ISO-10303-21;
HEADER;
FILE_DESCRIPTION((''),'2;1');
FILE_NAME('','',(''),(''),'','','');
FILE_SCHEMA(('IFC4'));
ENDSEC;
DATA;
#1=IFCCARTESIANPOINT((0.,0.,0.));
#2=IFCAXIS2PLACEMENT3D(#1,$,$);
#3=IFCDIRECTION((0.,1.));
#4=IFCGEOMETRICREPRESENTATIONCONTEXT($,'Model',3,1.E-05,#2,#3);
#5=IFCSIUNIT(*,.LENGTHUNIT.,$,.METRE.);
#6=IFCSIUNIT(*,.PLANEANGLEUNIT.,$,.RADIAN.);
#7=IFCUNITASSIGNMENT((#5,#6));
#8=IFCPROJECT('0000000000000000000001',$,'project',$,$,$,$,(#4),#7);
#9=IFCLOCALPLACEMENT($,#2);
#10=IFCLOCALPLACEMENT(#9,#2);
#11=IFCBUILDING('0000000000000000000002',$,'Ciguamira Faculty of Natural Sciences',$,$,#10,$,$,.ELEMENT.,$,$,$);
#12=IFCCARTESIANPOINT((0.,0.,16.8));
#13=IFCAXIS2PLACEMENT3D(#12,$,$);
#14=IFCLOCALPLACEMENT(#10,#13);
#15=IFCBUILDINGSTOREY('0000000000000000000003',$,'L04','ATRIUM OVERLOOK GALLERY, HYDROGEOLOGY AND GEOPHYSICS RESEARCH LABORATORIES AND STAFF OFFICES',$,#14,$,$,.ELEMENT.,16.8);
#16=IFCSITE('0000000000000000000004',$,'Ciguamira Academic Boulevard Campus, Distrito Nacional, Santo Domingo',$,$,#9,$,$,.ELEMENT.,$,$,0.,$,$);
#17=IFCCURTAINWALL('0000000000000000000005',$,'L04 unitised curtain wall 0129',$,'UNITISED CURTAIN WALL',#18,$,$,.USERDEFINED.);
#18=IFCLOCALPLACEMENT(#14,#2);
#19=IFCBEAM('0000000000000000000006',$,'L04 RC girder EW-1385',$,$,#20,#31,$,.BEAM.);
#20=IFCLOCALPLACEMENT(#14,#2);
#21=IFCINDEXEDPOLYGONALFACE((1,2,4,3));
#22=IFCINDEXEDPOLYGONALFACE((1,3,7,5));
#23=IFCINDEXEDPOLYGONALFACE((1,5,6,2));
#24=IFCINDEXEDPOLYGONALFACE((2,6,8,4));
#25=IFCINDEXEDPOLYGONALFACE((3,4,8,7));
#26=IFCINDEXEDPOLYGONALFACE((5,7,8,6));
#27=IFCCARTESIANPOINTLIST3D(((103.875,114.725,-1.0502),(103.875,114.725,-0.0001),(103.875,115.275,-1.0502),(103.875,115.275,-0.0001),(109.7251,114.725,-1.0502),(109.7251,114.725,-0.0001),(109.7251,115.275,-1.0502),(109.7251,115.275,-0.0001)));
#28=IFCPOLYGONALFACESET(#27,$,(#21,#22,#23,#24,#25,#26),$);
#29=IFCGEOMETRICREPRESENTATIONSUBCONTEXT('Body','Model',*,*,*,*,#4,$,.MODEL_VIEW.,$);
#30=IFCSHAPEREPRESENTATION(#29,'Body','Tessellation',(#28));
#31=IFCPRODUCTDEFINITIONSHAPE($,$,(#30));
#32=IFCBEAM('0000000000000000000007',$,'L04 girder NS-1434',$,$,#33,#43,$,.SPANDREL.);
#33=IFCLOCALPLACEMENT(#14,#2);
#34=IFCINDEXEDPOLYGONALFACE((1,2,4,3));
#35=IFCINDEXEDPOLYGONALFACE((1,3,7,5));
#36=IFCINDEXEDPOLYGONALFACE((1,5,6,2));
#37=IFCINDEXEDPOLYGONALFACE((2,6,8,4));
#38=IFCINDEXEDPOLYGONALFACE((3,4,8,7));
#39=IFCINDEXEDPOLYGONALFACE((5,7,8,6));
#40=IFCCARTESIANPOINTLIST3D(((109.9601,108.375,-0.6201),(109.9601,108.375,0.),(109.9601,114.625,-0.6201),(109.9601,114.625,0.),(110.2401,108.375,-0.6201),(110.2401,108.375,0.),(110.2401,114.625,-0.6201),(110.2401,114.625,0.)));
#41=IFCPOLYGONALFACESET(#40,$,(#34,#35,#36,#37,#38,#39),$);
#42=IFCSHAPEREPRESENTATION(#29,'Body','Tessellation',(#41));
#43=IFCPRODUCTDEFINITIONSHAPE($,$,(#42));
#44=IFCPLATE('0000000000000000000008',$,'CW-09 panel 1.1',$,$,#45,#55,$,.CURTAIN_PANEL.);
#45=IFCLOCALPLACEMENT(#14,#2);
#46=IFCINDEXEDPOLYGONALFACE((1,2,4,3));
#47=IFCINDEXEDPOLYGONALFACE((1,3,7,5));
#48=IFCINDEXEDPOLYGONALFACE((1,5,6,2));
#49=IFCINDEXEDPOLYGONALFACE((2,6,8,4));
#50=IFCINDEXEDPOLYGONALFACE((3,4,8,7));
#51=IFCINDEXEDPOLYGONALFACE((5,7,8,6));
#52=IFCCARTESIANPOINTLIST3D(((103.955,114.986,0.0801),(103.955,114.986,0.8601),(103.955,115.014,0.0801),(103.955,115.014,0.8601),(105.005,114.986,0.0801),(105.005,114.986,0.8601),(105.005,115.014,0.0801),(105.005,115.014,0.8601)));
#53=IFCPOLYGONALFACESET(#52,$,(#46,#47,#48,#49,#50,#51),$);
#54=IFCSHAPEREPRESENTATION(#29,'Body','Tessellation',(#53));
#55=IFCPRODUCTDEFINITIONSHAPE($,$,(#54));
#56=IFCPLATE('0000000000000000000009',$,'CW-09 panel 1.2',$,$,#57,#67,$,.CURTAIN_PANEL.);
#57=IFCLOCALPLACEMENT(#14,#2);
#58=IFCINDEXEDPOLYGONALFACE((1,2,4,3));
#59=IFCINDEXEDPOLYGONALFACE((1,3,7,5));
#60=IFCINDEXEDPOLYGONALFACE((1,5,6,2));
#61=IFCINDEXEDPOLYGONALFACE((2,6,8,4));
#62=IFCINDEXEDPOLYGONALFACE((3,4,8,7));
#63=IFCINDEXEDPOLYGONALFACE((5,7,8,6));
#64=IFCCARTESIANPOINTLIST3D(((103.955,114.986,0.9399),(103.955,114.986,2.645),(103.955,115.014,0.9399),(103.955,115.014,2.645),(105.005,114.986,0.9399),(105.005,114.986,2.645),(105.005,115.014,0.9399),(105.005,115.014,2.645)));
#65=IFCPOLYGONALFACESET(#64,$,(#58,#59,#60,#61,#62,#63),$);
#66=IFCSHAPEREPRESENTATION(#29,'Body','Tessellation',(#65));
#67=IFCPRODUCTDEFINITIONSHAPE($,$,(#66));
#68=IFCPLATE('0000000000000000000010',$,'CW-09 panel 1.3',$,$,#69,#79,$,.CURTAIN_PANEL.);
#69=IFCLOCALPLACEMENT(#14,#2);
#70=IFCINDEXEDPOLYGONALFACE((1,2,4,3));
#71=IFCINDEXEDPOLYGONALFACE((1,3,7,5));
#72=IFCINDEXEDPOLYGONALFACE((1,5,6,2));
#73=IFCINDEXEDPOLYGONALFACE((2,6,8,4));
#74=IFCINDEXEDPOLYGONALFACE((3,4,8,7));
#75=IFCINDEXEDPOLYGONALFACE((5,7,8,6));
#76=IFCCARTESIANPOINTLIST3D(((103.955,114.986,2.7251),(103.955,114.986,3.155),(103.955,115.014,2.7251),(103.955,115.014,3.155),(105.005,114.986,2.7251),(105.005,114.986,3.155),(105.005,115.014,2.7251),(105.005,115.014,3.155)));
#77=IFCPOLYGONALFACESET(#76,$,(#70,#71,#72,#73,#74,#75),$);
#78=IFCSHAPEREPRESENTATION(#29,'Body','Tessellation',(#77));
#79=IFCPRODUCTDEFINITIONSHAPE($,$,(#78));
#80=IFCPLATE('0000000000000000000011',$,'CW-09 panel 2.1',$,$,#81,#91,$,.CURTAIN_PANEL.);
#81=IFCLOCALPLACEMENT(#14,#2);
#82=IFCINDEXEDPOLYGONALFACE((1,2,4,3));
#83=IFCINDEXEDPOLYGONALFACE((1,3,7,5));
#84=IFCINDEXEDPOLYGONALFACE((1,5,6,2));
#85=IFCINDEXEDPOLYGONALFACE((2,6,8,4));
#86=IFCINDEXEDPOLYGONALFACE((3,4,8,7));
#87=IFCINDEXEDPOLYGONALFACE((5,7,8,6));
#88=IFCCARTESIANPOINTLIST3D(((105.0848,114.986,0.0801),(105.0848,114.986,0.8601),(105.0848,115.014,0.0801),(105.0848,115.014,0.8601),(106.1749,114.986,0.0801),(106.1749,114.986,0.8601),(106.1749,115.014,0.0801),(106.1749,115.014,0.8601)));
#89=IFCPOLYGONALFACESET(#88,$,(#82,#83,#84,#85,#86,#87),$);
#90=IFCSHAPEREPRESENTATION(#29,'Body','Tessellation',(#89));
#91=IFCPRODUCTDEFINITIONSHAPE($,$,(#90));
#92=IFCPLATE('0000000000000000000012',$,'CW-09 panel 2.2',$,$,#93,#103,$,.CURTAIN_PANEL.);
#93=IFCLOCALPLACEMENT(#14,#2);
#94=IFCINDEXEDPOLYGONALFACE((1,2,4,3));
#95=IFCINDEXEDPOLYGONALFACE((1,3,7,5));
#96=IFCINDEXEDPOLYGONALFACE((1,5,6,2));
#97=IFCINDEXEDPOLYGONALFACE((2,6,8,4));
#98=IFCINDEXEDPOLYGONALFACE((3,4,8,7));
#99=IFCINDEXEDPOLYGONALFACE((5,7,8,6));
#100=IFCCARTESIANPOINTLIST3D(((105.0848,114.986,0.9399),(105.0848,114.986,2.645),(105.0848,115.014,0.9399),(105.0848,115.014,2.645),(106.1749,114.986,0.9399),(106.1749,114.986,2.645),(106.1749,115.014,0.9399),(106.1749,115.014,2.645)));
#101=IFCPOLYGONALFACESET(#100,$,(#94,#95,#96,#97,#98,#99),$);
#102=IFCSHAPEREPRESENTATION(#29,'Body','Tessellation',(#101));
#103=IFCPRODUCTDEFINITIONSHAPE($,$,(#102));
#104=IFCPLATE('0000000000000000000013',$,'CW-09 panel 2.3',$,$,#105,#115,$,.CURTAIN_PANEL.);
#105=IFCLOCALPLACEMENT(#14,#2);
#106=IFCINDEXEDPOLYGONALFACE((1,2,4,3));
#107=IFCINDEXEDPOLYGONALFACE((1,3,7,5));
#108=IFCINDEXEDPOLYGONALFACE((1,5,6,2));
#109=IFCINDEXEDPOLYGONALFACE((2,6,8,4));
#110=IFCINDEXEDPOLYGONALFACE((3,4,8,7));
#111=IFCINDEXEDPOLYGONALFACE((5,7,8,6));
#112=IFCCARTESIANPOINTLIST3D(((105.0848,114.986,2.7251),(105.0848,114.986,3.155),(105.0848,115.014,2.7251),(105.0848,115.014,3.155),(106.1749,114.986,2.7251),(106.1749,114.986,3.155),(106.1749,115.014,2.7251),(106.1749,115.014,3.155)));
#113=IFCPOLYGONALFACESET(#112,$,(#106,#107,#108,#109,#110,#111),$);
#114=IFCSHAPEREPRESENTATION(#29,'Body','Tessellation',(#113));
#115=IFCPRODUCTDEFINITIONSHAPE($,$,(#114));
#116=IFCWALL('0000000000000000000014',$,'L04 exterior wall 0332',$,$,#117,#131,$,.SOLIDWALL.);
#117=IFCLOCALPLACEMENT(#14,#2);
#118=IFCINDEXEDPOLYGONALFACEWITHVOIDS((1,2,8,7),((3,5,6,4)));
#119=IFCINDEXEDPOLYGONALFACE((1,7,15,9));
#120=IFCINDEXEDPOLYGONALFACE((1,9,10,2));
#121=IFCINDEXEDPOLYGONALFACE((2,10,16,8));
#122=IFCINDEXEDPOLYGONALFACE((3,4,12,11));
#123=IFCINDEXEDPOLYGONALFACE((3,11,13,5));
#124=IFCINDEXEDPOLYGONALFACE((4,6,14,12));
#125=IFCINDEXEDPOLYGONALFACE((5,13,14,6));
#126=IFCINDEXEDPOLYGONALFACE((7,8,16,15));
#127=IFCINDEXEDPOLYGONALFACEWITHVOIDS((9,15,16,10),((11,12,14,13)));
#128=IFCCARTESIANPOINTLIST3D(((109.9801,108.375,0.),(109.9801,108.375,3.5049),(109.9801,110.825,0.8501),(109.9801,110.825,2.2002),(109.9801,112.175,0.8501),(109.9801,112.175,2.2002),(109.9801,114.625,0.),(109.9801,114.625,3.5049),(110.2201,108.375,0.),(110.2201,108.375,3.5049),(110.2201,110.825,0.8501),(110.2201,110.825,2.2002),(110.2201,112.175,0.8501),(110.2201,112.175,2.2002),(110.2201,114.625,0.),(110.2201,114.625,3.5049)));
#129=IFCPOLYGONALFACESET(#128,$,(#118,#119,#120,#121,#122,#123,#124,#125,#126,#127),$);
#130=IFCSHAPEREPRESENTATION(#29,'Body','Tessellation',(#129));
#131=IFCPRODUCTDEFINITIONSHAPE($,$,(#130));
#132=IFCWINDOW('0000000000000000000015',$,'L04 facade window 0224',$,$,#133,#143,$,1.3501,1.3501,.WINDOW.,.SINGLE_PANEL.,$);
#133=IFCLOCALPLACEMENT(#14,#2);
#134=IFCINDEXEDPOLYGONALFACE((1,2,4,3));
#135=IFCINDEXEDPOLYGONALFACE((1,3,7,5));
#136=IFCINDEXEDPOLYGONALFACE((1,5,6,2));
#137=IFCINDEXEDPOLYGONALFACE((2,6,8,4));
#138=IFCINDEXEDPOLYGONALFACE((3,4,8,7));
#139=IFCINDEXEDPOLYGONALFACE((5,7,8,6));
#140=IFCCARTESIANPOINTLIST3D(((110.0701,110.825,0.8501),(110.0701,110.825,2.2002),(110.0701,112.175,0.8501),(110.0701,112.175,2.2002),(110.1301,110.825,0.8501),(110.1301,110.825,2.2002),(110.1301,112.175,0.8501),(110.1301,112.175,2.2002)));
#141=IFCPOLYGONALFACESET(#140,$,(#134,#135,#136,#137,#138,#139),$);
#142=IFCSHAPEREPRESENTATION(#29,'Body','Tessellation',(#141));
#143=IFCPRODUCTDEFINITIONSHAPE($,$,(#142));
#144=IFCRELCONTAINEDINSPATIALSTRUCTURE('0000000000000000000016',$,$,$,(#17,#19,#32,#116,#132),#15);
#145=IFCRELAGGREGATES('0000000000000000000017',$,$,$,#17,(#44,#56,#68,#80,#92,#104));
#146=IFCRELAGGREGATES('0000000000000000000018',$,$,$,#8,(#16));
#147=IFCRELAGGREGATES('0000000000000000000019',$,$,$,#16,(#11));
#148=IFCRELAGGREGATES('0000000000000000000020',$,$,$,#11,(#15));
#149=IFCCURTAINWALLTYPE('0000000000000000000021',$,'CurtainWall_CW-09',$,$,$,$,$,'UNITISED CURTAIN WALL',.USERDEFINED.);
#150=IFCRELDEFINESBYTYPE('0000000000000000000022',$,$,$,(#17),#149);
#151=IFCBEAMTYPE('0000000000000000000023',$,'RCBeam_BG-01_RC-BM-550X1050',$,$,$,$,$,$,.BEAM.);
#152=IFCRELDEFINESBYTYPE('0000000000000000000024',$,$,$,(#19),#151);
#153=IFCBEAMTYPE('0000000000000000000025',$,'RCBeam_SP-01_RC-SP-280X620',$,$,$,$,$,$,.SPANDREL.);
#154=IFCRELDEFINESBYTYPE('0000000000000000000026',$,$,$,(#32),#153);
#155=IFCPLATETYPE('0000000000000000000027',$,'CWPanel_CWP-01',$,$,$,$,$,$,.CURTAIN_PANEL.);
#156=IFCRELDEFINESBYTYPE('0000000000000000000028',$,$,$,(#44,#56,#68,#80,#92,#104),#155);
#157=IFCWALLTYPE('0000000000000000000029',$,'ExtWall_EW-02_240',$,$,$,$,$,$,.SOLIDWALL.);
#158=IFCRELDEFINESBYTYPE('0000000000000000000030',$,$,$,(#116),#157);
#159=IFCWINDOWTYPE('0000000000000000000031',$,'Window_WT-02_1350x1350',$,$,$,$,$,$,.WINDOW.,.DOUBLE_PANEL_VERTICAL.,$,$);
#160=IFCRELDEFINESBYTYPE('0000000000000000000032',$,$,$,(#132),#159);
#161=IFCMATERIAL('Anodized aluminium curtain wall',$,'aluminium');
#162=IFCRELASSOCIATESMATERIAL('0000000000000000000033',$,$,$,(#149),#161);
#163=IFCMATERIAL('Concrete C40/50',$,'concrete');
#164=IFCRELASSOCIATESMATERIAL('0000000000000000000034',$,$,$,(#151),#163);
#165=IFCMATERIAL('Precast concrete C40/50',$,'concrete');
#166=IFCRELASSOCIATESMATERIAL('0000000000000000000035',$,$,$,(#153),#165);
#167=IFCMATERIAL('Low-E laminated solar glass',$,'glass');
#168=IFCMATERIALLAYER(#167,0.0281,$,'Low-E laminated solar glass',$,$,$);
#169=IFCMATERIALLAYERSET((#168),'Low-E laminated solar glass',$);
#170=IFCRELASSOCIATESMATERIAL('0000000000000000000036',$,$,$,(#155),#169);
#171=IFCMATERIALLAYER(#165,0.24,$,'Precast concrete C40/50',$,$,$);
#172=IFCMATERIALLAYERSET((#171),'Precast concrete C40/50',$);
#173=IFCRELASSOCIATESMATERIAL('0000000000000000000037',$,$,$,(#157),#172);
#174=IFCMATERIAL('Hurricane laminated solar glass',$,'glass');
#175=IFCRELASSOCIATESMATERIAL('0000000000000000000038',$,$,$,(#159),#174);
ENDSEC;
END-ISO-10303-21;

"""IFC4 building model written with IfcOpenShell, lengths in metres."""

from ifc_helpers import new_model, si_unit, direction, frame, frame_2d, origin, origin_2d, place, context, subcontext, project, spatial, rectangle, extrude, material, layer, layer_set, material_profile, profile_set, type_object, element, fill, aggregate, save


model = new_model("IFC4")

# Units and contexts
model_context = context("Model", 3, precision=1e-05, world=origin(), true_north=direction((0.0, 1.0)))
body_context = subcontext(model_context, "Body", "Model", "MODEL_VIEW")
ifc_project = project(units=[si_unit("LENGTHUNIT", "METRE"), si_unit("PLANEANGLEUNIT", "RADIAN")], contexts=[model_context])

# Site, building, storey
site_placement = place(None, origin())
site = spatial("IfcSite", under=ifc_project, at=site_placement, Name="Ciguamira Academic Boulevard Campus, Distrito Nacional, Santo Domingo", CompositionType="ELEMENT", RefElevation=0.0)
building_placement = place(site_placement, origin())
building = spatial("IfcBuilding", under=site, at=building_placement, Name="Ciguamira Faculty of Natural Sciences", CompositionType="ELEMENT")
storey_placement = place(building_placement, frame((0.0, 0.0, 16.8)))
storey = spatial("IfcBuildingStorey", under=building, at=storey_placement, Name="L04", Description="ATRIUM OVERLOOK GALLERY, HYDROGEOLOGY AND GEOPHYSICS RESEARCH LABORATORIES AND STAFF OFFICES", CompositionType="ELEMENT", Elevation=16.8)

# Curtain wall
ifc_material_1 = material(Name="Anodized aluminium curtain wall", Category="aluminium")
curtain_wall_type = type_object("IfcCurtainWallType", Name="CurtainWall_CW-09", ElementType="UNITISED CURTAIN WALL", PredefinedType="USERDEFINED", material=ifc_material_1)
curtain_wall_placement = place(storey_placement, origin())
curtain_wall = element("IfcCurtainWall", 1, at=curtain_wall_placement, inside=storey, type_object=curtain_wall_type, Name="L04 unitised curtain wall 0129", ObjectType="UNITISED CURTAIN WALL", PredefinedType="USERDEFINED")

# Beams
ifc_material_2 = material(Name="Concrete C40/50", Category="concrete")
ifc_material_profile_1 = material_profile(ifc_material_2, rectangle(XDim=0.55, YDim=1.05, at=origin_2d()), Name="RC-BM-550X1050")
ifc_profile_set_1 = profile_set([ifc_material_profile_1], Name="Concrete C40/50")
beam_type_1 = type_object("IfcBeamType", Name="RCBeam_BG-01_RC-BM-550X1050", PredefinedType="BEAM", material=ifc_profile_set_1)
beam_1_placement = place(storey_placement, frame((103.875, 115.0, -0.5251), z_axis=(1.0, 0.0, 0.0), x_axis=(0.0, 1.0, 0.0)))
element("IfcBeam", 2, at=beam_1_placement, inside=storey, type_object=beam_type_1, Name="L04 RC girder EW-1385", PredefinedType="BEAM", context=body_context, shape_type="SweptSolid", body=[
    extrude(rectangle(XDim=0.55, YDim=1.05, at=origin_2d()), origin(), (0.0, 0.0, 1.0), 5.8501),
])
ifc_material_3 = material(Name="Precast concrete C40/50", Category="concrete")
ifc_material_profile_2 = material_profile(ifc_material_3, rectangle(XDim=0.28, YDim=0.6201, at=origin_2d()), Name="RC-SP-280X620")
ifc_profile_set_2 = profile_set([ifc_material_profile_2], Name="Precast concrete C40/50")
beam_type_2 = type_object("IfcBeamType", Name="RCBeam_SP-01_RC-SP-280X620", PredefinedType="SPANDREL", material=ifc_profile_set_2)
beam_2_placement = place(storey_placement, frame((110.1001, 108.375, -0.3101), z_axis=(0.0, 1.0, 0.0), x_axis=(-1.0, 0.0, 0.0)))
element("IfcBeam", 3, at=beam_2_placement, inside=storey, type_object=beam_type_2, Name="L04 girder NS-1434", PredefinedType="SPANDREL", context=body_context, shape_type="SweptSolid", body=[
    extrude(rectangle(XDim=0.28, YDim=0.6201, at=origin_2d()), origin(), (0.0, 0.0, 1.0), 6.25),
])

# Plates
ifc_material_4 = material(Name="Low-E laminated solar glass", Category="glass")
ifc_layer_1 = layer(ifc_material_4, 0.0281, Name="Low-E laminated solar glass")
ifc_layer_set_1 = layer_set([ifc_layer_1], Name="Low-E laminated solar glass")
plate_type = type_object("IfcPlateType", Name="CWPanel_CWP-01", PredefinedType="CURTAIN_PANEL", material=ifc_layer_set_1)
plate_1_placement = place(storey_placement, frame((104.48, 115.0, 0.0801), z_axis=(0.0, 0.0, 1.0), x_axis=(1.0, 0.0, 0.0)))
plate_1 = element("IfcPlate", 4, at=plate_1_placement, type_object=plate_type, Name="CW-09 panel 1.1", PredefinedType="CURTAIN_PANEL", context=body_context, shape_type="SweptSolid", body=[
    extrude(rectangle(XDim=1.05, YDim=0.0281, at=origin_2d()), origin(), (0.0, 0.0, 1.0), 0.78),
])
plate_2_placement = place(storey_placement, frame((104.48, 115.0, 0.9399), z_axis=(0.0, 0.0, 1.0), x_axis=(1.0, 0.0, 0.0)))
plate_2 = element("IfcPlate", 5, at=plate_2_placement, type_object=plate_type, Name="CW-09 panel 1.2", PredefinedType="CURTAIN_PANEL", context=body_context, shape_type="SweptSolid", body=[
    extrude(rectangle(XDim=1.05, YDim=0.0281, at=origin_2d()), origin(), (0.0, 0.0, 1.0), 1.7051),
])
plate_3_placement = place(storey_placement, frame((104.48, 115.0, 2.7251), z_axis=(0.0, 0.0, 1.0), x_axis=(1.0, 0.0, 0.0)))
plate_3 = element("IfcPlate", 6, at=plate_3_placement, type_object=plate_type, Name="CW-09 panel 1.3", PredefinedType="CURTAIN_PANEL", context=body_context, shape_type="SweptSolid", body=[
    extrude(rectangle(XDim=1.05, YDim=0.0281, at=origin_2d()), origin(), (0.0, 0.0, 1.0), 0.4299),
])
plate_4_placement = place(storey_placement, frame((105.6299, 115.0, 0.0801), z_axis=(0.0, 0.0, 1.0), x_axis=(1.0, 0.0, 0.0)))
plate_4 = element("IfcPlate", 7, at=plate_4_placement, type_object=plate_type, Name="CW-09 panel 2.1", PredefinedType="CURTAIN_PANEL", context=body_context, shape_type="SweptSolid", body=[
    extrude(rectangle(XDim=1.0901, YDim=0.0281, at=origin_2d()), origin(), (0.0, 0.0, 1.0), 0.78),
])
plate_5_placement = place(storey_placement, frame((105.6299, 115.0, 0.9399), z_axis=(0.0, 0.0, 1.0), x_axis=(1.0, 0.0, 0.0)))
plate_5 = element("IfcPlate", 8, at=plate_5_placement, type_object=plate_type, Name="CW-09 panel 2.2", PredefinedType="CURTAIN_PANEL", context=body_context, shape_type="SweptSolid", body=[
    extrude(rectangle(XDim=1.0901, YDim=0.0281, at=origin_2d()), origin(), (0.0, 0.0, 1.0), 1.7051),
])
plate_6_placement = place(storey_placement, frame((105.6299, 115.0, 2.7251), z_axis=(0.0, 0.0, 1.0), x_axis=(1.0, 0.0, 0.0)))
plate_6 = element("IfcPlate", 9, at=plate_6_placement, type_object=plate_type, Name="CW-09 panel 2.3", PredefinedType="CURTAIN_PANEL", context=body_context, shape_type="SweptSolid", body=[
    extrude(rectangle(XDim=1.0901, YDim=0.0281, at=origin_2d()), origin(), (0.0, 0.0, 1.0), 0.4299),
])
aggregate(curtain_wall, [plate_1, plate_2, plate_3, plate_4, plate_5, plate_6])

# Wall, opening, window
ifc_layer_2 = layer(ifc_material_3, 0.24, Name="Precast concrete C40/50")
ifc_layer_set_2 = layer_set([ifc_layer_2], Name="Precast concrete C40/50")
wall_type = type_object("IfcWallType", Name="ExtWall_EW-02_240", PredefinedType="SOLIDWALL", material=ifc_layer_set_2)
wall_placement = place(storey_placement, frame((110.1001, 108.375, 0.0), z_axis=(0.0, 0.0, 1.0), x_axis=(0.0, 1.0, 0.0)))
wall = element("IfcWall", 10, at=wall_placement, inside=storey, type_object=wall_type, Name="L04 exterior wall 0332", PredefinedType="SOLIDWALL", context=body_context, shape_type="SweptSolid", body=[
    extrude(rectangle(XDim=6.25, YDim=0.24, at=frame_2d((3.125, 0.0))), origin(), (0.0, 0.0, 1.0), 3.5049),
])
opening_placement = place(wall_placement, frame((2.45, 0.0, 0.8501)))
opening = element("IfcOpeningElement", 11, at=opening_placement, cuts=wall, PredefinedType="OPENING", context=body_context, shape_type="SweptSolid", body=[
    extrude(rectangle(XDim=1.3501, YDim=1.3501, at=frame_2d((0.675, 0.675))), frame((0.0, 0.1299, 0.0), z_axis=(0.0, -1.0, 0.0), x_axis=(1.0, 0.0, 0.0)), (0.0, 0.0, 1.0), 0.26),
])
ifc_material_5 = material(Name="Hurricane laminated solar glass", Category="glass")
window_type = type_object("IfcWindowType", Name="Window_WT-02_1350x1350", PartitioningType="DOUBLE_PANEL_VERTICAL", PredefinedType="WINDOW", material=ifc_material_5)
window_placement = place(opening_placement, origin())
window = element("IfcWindow", 12, at=window_placement, inside=storey, type_object=window_type, Name="L04 facade window 0224", OverallHeight=1.3501, OverallWidth=1.3501, PartitioningType="SINGLE_PANEL", PredefinedType="WINDOW", context=body_context, shape_type="SweptSolid", body=[
    extrude(rectangle(XDim=1.3501, YDim=1.3501, at=frame_2d((0.675, 0.675))), frame((0.0, 0.03, 0.0), z_axis=(0.0, -1.0, 0.0), x_axis=(1.0, 0.0, 0.0)), (0.0, 0.0, 1.0), 0.0601),
])
fill(opening, window)

save(model, "model.ifc")
